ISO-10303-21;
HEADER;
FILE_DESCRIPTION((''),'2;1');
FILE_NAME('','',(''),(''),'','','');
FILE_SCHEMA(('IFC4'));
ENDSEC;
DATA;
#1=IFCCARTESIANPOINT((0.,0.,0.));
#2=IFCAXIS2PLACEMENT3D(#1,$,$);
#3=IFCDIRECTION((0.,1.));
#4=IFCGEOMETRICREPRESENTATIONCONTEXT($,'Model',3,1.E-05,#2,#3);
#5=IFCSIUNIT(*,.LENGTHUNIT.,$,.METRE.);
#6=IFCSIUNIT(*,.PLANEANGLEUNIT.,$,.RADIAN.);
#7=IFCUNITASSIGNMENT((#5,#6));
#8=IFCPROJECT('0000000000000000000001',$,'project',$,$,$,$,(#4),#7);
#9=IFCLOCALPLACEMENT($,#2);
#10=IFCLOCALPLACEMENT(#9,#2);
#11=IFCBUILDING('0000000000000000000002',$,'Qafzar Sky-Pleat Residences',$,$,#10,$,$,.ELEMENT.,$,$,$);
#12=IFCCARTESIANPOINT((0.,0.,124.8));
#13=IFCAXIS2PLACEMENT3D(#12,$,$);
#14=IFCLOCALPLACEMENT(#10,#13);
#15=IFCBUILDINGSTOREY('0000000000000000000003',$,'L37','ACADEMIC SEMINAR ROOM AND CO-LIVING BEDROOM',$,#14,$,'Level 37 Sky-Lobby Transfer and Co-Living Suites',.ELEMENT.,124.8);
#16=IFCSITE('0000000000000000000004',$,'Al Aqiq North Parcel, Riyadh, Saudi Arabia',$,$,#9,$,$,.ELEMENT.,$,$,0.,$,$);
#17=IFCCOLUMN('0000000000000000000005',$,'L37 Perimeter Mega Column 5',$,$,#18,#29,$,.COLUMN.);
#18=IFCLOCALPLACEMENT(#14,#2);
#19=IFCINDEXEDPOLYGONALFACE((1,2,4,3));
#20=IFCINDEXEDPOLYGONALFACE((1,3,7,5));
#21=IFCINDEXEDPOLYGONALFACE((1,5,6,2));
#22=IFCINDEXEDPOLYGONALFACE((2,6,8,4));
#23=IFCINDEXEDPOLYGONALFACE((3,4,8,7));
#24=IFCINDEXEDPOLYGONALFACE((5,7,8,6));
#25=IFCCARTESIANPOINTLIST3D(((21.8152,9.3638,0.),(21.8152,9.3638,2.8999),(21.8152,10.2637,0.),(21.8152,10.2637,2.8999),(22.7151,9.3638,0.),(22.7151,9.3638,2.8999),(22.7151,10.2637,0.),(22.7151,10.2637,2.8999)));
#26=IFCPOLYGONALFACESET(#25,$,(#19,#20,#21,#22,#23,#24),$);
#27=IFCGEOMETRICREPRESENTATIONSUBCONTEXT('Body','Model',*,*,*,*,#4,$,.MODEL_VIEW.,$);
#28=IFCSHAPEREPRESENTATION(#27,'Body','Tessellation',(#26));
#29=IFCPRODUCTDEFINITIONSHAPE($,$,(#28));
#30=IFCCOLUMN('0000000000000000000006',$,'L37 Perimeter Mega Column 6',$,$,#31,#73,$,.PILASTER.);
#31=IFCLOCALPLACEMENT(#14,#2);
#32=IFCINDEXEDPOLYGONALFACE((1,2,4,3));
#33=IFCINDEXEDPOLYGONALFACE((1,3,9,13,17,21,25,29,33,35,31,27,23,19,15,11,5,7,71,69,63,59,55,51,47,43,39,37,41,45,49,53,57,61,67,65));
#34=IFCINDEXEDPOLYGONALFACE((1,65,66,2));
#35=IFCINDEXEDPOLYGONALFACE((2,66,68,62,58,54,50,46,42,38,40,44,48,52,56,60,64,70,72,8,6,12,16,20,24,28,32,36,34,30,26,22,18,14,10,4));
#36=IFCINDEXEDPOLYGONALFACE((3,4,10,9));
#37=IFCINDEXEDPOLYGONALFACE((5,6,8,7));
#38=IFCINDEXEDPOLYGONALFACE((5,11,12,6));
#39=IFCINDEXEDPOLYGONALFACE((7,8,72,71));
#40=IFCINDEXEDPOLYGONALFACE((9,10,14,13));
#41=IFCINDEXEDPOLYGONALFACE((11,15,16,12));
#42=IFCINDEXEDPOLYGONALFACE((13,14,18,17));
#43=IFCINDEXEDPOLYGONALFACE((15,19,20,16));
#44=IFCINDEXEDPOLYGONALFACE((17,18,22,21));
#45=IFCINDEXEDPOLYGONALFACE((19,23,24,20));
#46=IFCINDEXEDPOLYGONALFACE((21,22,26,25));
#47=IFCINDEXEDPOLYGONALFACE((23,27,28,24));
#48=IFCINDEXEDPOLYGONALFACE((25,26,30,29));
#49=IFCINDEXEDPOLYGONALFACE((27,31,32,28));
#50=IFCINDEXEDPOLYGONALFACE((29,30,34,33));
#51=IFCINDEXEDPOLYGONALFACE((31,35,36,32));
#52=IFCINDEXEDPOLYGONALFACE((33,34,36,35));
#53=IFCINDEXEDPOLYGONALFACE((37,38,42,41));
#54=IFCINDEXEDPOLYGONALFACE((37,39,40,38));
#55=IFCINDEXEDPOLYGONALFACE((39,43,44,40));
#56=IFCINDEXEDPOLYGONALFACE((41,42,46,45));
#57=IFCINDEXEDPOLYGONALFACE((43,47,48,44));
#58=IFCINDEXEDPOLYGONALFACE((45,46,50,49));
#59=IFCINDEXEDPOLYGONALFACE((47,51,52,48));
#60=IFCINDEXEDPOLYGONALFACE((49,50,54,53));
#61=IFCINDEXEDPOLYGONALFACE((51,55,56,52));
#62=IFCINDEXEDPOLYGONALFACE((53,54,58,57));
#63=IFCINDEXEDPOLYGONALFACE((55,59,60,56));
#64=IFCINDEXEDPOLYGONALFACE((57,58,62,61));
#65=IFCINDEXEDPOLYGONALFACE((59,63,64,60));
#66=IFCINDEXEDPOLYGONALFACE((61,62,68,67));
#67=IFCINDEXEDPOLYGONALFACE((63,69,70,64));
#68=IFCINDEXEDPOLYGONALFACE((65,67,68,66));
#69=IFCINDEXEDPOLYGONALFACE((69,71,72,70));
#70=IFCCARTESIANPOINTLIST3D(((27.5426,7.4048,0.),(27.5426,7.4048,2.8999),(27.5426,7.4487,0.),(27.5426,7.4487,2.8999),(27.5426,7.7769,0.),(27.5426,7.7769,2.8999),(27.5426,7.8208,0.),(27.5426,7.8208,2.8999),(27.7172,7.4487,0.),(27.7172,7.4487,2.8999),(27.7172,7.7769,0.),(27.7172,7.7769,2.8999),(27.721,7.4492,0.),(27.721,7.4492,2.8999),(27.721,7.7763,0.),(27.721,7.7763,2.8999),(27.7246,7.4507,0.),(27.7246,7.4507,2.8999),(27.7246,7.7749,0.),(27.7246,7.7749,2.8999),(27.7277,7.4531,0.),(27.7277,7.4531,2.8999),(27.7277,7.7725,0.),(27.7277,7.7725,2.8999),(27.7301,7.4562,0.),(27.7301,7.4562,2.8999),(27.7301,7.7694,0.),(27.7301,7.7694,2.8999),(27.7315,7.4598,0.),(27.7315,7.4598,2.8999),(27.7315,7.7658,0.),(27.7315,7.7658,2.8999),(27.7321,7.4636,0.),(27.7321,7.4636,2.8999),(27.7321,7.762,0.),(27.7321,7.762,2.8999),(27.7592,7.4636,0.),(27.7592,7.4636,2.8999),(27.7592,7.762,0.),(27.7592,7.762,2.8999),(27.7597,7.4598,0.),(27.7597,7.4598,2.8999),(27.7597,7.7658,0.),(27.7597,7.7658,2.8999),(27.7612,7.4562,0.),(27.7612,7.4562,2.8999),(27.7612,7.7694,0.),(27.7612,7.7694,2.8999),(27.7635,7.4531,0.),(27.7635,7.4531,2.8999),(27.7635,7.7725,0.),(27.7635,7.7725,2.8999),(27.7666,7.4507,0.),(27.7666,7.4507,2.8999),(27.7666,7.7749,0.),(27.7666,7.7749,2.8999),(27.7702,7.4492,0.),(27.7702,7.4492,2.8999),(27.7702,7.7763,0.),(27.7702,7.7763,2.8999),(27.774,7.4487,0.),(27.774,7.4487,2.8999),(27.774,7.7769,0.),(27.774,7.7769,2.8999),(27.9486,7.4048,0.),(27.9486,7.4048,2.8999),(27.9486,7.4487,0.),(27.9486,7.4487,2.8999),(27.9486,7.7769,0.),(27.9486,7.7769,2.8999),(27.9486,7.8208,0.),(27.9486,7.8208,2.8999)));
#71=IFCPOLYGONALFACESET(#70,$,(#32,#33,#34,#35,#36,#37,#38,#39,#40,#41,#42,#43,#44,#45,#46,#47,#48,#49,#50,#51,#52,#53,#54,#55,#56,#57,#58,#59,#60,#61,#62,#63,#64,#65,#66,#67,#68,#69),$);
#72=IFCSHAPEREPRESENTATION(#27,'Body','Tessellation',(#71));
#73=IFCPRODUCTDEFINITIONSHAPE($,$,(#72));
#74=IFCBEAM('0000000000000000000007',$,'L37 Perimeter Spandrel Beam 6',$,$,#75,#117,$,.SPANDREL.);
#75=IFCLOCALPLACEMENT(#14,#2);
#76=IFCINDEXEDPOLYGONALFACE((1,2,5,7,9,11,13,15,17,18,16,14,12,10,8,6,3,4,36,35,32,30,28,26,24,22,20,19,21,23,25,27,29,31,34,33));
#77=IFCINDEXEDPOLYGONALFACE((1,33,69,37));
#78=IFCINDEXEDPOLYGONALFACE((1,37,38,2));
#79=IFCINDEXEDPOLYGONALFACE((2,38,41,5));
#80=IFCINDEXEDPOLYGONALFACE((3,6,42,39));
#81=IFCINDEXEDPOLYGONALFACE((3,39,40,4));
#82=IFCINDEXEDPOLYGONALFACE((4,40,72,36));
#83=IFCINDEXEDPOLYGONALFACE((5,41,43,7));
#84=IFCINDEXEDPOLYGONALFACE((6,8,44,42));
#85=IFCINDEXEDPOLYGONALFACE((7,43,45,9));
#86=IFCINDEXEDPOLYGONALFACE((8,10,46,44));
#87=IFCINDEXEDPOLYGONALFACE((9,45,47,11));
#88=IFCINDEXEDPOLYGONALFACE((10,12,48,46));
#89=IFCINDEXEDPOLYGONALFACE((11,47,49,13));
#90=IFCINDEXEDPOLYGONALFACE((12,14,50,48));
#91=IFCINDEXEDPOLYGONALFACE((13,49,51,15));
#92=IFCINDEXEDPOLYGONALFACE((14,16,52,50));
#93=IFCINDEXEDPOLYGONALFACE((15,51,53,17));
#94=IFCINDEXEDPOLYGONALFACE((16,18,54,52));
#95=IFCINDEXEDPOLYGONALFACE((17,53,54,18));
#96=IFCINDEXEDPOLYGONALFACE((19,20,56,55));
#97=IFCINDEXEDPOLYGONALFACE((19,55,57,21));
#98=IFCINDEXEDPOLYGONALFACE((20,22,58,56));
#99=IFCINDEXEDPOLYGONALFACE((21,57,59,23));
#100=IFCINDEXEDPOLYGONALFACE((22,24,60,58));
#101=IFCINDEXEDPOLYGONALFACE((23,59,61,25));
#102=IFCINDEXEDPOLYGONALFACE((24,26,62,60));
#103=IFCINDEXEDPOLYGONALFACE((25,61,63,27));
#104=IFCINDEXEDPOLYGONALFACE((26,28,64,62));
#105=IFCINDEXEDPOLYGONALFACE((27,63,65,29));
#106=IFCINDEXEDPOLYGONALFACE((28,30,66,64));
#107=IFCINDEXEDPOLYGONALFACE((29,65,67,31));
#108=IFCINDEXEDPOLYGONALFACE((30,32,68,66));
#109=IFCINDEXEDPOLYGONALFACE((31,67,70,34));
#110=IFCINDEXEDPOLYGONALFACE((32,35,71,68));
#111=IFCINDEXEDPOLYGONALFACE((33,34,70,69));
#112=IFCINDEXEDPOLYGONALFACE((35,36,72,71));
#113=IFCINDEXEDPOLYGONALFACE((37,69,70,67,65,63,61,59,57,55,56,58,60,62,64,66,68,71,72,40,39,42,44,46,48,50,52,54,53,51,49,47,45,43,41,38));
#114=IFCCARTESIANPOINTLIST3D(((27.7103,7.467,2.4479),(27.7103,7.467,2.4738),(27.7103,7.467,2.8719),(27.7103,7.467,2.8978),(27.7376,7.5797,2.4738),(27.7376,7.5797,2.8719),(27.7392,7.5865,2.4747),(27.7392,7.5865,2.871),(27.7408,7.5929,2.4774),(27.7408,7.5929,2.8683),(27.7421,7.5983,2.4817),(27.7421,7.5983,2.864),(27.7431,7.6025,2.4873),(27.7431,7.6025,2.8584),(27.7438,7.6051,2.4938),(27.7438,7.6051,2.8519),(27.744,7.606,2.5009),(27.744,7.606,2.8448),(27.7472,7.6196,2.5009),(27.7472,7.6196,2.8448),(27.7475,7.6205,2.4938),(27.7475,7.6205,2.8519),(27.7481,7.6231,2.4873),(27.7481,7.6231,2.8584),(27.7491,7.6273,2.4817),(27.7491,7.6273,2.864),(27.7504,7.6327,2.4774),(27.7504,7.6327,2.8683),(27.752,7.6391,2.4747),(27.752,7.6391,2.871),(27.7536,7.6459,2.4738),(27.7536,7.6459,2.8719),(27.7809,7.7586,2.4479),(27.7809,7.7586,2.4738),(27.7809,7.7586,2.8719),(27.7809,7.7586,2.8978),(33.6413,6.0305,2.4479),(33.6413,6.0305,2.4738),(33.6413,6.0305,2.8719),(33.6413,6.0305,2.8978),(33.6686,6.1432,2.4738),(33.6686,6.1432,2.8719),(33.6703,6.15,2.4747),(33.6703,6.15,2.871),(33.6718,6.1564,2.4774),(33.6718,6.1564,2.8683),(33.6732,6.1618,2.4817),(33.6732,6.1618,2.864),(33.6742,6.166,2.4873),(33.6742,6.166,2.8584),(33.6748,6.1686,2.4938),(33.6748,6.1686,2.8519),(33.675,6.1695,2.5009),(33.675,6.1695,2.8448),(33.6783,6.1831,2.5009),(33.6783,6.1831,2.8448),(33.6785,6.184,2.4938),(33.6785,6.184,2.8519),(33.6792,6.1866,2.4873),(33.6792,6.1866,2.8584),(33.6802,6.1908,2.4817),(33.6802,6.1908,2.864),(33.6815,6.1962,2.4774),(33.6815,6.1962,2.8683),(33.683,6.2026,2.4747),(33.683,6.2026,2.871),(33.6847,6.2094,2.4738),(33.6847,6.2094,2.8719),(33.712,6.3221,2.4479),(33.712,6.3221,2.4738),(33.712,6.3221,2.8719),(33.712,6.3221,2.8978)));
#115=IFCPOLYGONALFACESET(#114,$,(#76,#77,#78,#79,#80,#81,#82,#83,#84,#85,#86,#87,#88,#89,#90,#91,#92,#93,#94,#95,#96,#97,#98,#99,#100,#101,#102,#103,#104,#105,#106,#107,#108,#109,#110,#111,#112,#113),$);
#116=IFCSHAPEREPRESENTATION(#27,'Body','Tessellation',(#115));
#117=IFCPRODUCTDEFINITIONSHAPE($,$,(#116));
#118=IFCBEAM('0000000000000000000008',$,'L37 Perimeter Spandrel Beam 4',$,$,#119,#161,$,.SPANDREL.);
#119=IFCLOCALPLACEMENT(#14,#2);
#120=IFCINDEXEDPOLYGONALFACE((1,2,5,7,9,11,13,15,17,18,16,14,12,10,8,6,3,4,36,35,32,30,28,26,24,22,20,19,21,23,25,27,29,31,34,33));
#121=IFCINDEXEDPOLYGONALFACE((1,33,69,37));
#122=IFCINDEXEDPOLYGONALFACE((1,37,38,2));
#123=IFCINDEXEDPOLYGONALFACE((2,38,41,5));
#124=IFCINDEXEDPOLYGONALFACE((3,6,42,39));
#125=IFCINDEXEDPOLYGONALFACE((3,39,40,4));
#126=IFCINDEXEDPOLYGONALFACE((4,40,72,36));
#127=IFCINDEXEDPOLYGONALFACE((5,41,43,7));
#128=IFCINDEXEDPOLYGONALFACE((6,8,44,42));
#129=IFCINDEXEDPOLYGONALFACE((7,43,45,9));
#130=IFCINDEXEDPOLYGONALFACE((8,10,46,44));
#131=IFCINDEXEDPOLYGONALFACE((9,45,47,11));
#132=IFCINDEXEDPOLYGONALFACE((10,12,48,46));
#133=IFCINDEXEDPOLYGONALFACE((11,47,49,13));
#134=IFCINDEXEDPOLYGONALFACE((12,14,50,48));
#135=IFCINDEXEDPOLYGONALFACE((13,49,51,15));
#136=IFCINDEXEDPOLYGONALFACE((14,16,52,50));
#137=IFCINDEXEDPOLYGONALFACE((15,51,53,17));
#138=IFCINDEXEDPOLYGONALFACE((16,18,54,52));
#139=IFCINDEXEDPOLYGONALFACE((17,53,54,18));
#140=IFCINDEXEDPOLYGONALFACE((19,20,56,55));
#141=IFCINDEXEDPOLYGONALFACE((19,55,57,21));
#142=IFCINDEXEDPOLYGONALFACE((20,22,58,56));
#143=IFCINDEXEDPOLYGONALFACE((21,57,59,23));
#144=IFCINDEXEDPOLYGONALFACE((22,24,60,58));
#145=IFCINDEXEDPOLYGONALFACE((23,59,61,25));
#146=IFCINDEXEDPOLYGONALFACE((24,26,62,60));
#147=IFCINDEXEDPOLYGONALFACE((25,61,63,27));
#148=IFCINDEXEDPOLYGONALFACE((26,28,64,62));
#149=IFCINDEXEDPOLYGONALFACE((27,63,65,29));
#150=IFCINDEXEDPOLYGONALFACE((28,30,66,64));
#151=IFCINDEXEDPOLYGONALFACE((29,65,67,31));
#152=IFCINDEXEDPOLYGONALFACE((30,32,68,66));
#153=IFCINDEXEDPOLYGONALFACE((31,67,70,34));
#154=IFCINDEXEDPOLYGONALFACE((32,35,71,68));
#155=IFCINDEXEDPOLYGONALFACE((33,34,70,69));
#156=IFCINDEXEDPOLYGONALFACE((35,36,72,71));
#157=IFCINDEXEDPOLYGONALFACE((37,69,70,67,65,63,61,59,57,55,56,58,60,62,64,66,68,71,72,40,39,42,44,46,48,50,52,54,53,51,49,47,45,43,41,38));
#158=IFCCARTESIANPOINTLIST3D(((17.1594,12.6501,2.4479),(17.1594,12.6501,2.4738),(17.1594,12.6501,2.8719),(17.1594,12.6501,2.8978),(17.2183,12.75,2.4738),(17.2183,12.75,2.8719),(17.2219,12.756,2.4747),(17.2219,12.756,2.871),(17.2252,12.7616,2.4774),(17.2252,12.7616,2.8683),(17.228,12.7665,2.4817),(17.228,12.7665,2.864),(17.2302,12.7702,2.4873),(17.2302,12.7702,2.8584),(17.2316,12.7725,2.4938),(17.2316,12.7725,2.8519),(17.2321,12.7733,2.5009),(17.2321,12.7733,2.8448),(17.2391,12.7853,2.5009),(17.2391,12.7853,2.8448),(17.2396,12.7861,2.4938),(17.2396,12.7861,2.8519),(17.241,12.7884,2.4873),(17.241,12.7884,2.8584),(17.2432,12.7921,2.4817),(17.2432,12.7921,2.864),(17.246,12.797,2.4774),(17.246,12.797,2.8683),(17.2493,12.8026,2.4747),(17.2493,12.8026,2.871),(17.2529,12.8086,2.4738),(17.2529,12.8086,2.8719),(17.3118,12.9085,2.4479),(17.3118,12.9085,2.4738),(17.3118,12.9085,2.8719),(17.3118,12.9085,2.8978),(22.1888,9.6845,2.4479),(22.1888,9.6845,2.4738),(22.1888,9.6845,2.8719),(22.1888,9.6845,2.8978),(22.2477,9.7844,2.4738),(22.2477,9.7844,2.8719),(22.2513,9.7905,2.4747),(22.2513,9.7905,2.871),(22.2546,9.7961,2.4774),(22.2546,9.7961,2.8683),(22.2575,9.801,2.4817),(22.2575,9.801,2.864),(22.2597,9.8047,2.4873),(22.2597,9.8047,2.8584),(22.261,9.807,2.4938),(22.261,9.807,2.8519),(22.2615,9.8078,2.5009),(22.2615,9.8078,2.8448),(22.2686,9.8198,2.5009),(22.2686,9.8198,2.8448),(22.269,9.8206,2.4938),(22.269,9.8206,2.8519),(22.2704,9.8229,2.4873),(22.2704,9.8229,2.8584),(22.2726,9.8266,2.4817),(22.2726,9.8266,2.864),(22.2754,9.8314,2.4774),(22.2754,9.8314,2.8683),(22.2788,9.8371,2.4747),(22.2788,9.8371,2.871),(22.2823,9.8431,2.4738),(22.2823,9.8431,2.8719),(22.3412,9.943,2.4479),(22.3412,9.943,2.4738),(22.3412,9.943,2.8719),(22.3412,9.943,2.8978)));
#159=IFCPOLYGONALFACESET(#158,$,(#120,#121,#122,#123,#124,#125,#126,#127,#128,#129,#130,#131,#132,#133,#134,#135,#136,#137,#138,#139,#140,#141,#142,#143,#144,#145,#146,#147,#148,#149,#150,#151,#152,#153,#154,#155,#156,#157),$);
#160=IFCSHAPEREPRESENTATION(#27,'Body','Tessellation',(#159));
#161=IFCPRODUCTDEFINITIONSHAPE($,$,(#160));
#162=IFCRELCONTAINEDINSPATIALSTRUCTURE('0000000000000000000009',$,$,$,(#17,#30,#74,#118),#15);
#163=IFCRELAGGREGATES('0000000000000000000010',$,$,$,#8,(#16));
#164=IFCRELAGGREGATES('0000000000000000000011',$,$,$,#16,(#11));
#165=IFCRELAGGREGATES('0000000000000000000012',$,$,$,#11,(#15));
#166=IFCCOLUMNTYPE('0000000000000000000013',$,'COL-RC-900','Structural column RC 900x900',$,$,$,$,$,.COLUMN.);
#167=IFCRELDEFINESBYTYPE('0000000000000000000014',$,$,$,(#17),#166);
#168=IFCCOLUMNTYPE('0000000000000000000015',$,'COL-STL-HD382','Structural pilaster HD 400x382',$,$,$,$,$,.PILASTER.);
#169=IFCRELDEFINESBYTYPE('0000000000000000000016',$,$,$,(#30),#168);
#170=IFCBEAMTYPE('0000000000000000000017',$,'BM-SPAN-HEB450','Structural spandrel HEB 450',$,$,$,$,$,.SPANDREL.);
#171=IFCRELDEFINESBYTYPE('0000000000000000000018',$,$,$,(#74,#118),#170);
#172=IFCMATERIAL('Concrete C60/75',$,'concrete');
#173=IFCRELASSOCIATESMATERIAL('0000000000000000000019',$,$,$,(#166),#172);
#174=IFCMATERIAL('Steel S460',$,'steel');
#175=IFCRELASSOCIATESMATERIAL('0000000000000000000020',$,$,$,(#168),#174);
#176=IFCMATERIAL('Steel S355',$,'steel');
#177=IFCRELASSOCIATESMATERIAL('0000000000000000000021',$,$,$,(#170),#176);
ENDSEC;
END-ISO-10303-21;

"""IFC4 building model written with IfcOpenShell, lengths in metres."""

from ifc_helpers import new_model, si_unit, direction, frame, origin, origin_2d, place, context, subcontext, project, spatial, rectangle, i_section, extrude, source, transform, mapped, material, material_profile, profile_set, type_object, element, save


model = new_model("IFC4")

# Units and contexts
model_context = context("Model", 3, precision=1e-05, world=origin(), true_north=direction((0.0, 1.0)))
body_context = subcontext(model_context, "Body", "Model", "MODEL_VIEW")
ifc_project = project(units=[si_unit("LENGTHUNIT", "METRE"), si_unit("PLANEANGLEUNIT", "RADIAN")], contexts=[model_context])

# Site, building, storey
site_placement = place(None, origin())
site = spatial("IfcSite", under=ifc_project, at=site_placement, Name="Al Aqiq North Parcel, Riyadh, Saudi Arabia", CompositionType="ELEMENT", RefElevation=0.0)
building_placement = place(site_placement, origin())
building = spatial("IfcBuilding", under=site, at=building_placement, Name="Qafzar Sky-Pleat Residences", CompositionType="ELEMENT")
storey_placement = place(building_placement, frame((0.0, 0.0, 124.8)))
storey = spatial("IfcBuildingStorey", under=building, at=storey_placement, Name="L37", Description="ACADEMIC SEMINAR ROOM AND CO-LIVING BEDROOM", LongName="Level 37 Sky-Lobby Transfer and Co-Living Suites", CompositionType="ELEMENT", Elevation=124.8)

# Columns
ifc_material_1 = material(Name="Concrete C60/75", Category="concrete")
ifc_material_profile_1 = material_profile(ifc_material_1, rectangle(XDim=0.8999, YDim=0.8999, at=origin_2d()), Name="RC 900x900")
ifc_profile_set_1 = profile_set([ifc_material_profile_1], Name="Concrete C60/75")
column_type_1 = type_object("IfcColumnType", Name="COL-RC-900", Description="Structural column RC 900x900", PredefinedType="COLUMN", material=ifc_profile_set_1)
shared_shape_1 = source(origin(), body_context, "Body", "SweptSolid", [
    extrude(rectangle(XDim=0.8999, YDim=0.8999, at=origin_2d()), origin(), (0.0, 0.0, 1.0), 2.8999),
])
column_1_placement = place(storey_placement, frame((22.2651, 9.8137, 0.0), z_axis=(0.0, 0.0, 1.0), x_axis=(1.0, 0.0, 0.0)))
element("IfcColumn", 1, at=column_1_placement, inside=storey, type_object=column_type_1, Name="L37 Perimeter Mega Column 5", PredefinedType="COLUMN", context=body_context, shape_type="MappedRepresentation", body=[
    mapped(shared_shape_1, transform((0.0, 0.0, 0.0), x_axis=(1.0, 0.0, 0.0), y_axis=(0.0, 1.0, 0.0), z_axis=(0.0, 0.0, 1.0), scale=1.0)),
])
ifc_material_2 = material(Name="Steel S460", Category="steel")
ifc_material_profile_2 = material_profile(ifc_material_2, i_section(OverallWidth=0.406, OverallDepth=0.416, WebThickness=0.0271, FlangeThickness=0.0439, FilletRadius=0.0149, at=origin_2d()), Name="HD 400x382")
ifc_profile_set_2 = profile_set([ifc_material_profile_2], Name="Steel S460")
column_type_2 = type_object("IfcColumnType", Name="COL-STL-HD382", Description="Structural pilaster HD 400x382", PredefinedType="PILASTER", material=ifc_profile_set_2)
shared_shape_2 = source(origin(), body_context, "Body", "SweptSolid", [
    extrude(i_section(OverallWidth=0.406, OverallDepth=0.416, WebThickness=0.0271, FlangeThickness=0.0439, FilletRadius=0.0149, at=origin_2d()), origin(), (0.0, 0.0, 1.0), 2.8999),
])
column_2_placement = place(storey_placement, frame((27.7456, 7.6128, 0.0), z_axis=(0.0, 0.0, 1.0), x_axis=(1.0, 0.0, 0.0)))
element("IfcColumn", 2, at=column_2_placement, inside=storey, type_object=column_type_2, Name="L37 Perimeter Mega Column 6", PredefinedType="PILASTER", context=body_context, shape_type="MappedRepresentation", body=[
    mapped(shared_shape_2, transform((0.0, 0.0, 0.0), x_axis=(1.0, 0.0, 0.0), y_axis=(0.0, 1.0, 0.0), z_axis=(0.0, 0.0, 1.0), scale=1.0)),
])

# Beams
ifc_material_3 = material(Name="Steel S355", Category="steel")
ifc_material_profile_3 = material_profile(ifc_material_3, i_section(OverallWidth=0.3, OverallDepth=0.45, WebThickness=0.0139, FlangeThickness=0.0259, FilletRadius=0.0271, at=origin_2d()), Name="HEB 450")
ifc_profile_set_3 = profile_set([ifc_material_profile_3], Name="Steel S355")
beam_type_1 = type_object("IfcBeamType", Name="BM-SPAN-HEB450", Description="Structural spandrel HEB 450", PredefinedType="SPANDREL", material=ifc_profile_set_3)
shared_shape_3 = source(origin(), body_context, "Body", "SweptSolid", [
    extrude(i_section(OverallWidth=0.3, OverallDepth=0.45, WebThickness=0.0139, FlangeThickness=0.0259, FilletRadius=0.0271, at=origin_2d()), origin(), (0.0, 0.0, 1.0), 6.1025),
])
beam_1_placement = place(storey_placement, frame((27.7456, 7.6128, 2.6729), z_axis=(0.9719, -0.235394, 0.0), x_axis=(0.235394, 0.9719, 0.0)))
element("IfcBeam", 3, at=beam_1_placement, inside=storey, type_object=beam_type_1, Name="L37 Perimeter Spandrel Beam 6", PredefinedType="SPANDREL", context=body_context, shape_type="MappedRepresentation", body=[
    mapped(shared_shape_3, transform((0.0, 0.0, 0.0), x_axis=(1.0, 0.0, 0.0), y_axis=(0.0, 1.0, 0.0), z_axis=(0.0, 0.0, 1.0), scale=1.0)),
])
shared_shape_4 = source(origin(), body_context, "Body", "SweptSolid", [
    extrude(i_section(OverallWidth=0.3, OverallDepth=0.45, WebThickness=0.0139, FlangeThickness=0.0259, FilletRadius=0.0271, at=origin_2d()), origin(), (0.0, 0.0, 1.0), 5.8386),
])
beam_2_placement = place(storey_placement, frame((17.2356, 12.7793, 2.6729), z_axis=(0.861408, -0.507913, 0.0), x_axis=(0.507913, 0.861408, 0.0)))
element("IfcBeam", 4, at=beam_2_placement, inside=storey, type_object=beam_type_1, Name="L37 Perimeter Spandrel Beam 4", PredefinedType="SPANDREL", context=body_context, shape_type="MappedRepresentation", body=[
    mapped(shared_shape_4, transform((0.0, 0.0, 0.0), x_axis=(1.0, 0.0, 0.0), y_axis=(0.0, 1.0, 0.0), z_axis=(0.0, 0.0, 1.0), scale=1.0)),
])

save(model, "model.ifc")
